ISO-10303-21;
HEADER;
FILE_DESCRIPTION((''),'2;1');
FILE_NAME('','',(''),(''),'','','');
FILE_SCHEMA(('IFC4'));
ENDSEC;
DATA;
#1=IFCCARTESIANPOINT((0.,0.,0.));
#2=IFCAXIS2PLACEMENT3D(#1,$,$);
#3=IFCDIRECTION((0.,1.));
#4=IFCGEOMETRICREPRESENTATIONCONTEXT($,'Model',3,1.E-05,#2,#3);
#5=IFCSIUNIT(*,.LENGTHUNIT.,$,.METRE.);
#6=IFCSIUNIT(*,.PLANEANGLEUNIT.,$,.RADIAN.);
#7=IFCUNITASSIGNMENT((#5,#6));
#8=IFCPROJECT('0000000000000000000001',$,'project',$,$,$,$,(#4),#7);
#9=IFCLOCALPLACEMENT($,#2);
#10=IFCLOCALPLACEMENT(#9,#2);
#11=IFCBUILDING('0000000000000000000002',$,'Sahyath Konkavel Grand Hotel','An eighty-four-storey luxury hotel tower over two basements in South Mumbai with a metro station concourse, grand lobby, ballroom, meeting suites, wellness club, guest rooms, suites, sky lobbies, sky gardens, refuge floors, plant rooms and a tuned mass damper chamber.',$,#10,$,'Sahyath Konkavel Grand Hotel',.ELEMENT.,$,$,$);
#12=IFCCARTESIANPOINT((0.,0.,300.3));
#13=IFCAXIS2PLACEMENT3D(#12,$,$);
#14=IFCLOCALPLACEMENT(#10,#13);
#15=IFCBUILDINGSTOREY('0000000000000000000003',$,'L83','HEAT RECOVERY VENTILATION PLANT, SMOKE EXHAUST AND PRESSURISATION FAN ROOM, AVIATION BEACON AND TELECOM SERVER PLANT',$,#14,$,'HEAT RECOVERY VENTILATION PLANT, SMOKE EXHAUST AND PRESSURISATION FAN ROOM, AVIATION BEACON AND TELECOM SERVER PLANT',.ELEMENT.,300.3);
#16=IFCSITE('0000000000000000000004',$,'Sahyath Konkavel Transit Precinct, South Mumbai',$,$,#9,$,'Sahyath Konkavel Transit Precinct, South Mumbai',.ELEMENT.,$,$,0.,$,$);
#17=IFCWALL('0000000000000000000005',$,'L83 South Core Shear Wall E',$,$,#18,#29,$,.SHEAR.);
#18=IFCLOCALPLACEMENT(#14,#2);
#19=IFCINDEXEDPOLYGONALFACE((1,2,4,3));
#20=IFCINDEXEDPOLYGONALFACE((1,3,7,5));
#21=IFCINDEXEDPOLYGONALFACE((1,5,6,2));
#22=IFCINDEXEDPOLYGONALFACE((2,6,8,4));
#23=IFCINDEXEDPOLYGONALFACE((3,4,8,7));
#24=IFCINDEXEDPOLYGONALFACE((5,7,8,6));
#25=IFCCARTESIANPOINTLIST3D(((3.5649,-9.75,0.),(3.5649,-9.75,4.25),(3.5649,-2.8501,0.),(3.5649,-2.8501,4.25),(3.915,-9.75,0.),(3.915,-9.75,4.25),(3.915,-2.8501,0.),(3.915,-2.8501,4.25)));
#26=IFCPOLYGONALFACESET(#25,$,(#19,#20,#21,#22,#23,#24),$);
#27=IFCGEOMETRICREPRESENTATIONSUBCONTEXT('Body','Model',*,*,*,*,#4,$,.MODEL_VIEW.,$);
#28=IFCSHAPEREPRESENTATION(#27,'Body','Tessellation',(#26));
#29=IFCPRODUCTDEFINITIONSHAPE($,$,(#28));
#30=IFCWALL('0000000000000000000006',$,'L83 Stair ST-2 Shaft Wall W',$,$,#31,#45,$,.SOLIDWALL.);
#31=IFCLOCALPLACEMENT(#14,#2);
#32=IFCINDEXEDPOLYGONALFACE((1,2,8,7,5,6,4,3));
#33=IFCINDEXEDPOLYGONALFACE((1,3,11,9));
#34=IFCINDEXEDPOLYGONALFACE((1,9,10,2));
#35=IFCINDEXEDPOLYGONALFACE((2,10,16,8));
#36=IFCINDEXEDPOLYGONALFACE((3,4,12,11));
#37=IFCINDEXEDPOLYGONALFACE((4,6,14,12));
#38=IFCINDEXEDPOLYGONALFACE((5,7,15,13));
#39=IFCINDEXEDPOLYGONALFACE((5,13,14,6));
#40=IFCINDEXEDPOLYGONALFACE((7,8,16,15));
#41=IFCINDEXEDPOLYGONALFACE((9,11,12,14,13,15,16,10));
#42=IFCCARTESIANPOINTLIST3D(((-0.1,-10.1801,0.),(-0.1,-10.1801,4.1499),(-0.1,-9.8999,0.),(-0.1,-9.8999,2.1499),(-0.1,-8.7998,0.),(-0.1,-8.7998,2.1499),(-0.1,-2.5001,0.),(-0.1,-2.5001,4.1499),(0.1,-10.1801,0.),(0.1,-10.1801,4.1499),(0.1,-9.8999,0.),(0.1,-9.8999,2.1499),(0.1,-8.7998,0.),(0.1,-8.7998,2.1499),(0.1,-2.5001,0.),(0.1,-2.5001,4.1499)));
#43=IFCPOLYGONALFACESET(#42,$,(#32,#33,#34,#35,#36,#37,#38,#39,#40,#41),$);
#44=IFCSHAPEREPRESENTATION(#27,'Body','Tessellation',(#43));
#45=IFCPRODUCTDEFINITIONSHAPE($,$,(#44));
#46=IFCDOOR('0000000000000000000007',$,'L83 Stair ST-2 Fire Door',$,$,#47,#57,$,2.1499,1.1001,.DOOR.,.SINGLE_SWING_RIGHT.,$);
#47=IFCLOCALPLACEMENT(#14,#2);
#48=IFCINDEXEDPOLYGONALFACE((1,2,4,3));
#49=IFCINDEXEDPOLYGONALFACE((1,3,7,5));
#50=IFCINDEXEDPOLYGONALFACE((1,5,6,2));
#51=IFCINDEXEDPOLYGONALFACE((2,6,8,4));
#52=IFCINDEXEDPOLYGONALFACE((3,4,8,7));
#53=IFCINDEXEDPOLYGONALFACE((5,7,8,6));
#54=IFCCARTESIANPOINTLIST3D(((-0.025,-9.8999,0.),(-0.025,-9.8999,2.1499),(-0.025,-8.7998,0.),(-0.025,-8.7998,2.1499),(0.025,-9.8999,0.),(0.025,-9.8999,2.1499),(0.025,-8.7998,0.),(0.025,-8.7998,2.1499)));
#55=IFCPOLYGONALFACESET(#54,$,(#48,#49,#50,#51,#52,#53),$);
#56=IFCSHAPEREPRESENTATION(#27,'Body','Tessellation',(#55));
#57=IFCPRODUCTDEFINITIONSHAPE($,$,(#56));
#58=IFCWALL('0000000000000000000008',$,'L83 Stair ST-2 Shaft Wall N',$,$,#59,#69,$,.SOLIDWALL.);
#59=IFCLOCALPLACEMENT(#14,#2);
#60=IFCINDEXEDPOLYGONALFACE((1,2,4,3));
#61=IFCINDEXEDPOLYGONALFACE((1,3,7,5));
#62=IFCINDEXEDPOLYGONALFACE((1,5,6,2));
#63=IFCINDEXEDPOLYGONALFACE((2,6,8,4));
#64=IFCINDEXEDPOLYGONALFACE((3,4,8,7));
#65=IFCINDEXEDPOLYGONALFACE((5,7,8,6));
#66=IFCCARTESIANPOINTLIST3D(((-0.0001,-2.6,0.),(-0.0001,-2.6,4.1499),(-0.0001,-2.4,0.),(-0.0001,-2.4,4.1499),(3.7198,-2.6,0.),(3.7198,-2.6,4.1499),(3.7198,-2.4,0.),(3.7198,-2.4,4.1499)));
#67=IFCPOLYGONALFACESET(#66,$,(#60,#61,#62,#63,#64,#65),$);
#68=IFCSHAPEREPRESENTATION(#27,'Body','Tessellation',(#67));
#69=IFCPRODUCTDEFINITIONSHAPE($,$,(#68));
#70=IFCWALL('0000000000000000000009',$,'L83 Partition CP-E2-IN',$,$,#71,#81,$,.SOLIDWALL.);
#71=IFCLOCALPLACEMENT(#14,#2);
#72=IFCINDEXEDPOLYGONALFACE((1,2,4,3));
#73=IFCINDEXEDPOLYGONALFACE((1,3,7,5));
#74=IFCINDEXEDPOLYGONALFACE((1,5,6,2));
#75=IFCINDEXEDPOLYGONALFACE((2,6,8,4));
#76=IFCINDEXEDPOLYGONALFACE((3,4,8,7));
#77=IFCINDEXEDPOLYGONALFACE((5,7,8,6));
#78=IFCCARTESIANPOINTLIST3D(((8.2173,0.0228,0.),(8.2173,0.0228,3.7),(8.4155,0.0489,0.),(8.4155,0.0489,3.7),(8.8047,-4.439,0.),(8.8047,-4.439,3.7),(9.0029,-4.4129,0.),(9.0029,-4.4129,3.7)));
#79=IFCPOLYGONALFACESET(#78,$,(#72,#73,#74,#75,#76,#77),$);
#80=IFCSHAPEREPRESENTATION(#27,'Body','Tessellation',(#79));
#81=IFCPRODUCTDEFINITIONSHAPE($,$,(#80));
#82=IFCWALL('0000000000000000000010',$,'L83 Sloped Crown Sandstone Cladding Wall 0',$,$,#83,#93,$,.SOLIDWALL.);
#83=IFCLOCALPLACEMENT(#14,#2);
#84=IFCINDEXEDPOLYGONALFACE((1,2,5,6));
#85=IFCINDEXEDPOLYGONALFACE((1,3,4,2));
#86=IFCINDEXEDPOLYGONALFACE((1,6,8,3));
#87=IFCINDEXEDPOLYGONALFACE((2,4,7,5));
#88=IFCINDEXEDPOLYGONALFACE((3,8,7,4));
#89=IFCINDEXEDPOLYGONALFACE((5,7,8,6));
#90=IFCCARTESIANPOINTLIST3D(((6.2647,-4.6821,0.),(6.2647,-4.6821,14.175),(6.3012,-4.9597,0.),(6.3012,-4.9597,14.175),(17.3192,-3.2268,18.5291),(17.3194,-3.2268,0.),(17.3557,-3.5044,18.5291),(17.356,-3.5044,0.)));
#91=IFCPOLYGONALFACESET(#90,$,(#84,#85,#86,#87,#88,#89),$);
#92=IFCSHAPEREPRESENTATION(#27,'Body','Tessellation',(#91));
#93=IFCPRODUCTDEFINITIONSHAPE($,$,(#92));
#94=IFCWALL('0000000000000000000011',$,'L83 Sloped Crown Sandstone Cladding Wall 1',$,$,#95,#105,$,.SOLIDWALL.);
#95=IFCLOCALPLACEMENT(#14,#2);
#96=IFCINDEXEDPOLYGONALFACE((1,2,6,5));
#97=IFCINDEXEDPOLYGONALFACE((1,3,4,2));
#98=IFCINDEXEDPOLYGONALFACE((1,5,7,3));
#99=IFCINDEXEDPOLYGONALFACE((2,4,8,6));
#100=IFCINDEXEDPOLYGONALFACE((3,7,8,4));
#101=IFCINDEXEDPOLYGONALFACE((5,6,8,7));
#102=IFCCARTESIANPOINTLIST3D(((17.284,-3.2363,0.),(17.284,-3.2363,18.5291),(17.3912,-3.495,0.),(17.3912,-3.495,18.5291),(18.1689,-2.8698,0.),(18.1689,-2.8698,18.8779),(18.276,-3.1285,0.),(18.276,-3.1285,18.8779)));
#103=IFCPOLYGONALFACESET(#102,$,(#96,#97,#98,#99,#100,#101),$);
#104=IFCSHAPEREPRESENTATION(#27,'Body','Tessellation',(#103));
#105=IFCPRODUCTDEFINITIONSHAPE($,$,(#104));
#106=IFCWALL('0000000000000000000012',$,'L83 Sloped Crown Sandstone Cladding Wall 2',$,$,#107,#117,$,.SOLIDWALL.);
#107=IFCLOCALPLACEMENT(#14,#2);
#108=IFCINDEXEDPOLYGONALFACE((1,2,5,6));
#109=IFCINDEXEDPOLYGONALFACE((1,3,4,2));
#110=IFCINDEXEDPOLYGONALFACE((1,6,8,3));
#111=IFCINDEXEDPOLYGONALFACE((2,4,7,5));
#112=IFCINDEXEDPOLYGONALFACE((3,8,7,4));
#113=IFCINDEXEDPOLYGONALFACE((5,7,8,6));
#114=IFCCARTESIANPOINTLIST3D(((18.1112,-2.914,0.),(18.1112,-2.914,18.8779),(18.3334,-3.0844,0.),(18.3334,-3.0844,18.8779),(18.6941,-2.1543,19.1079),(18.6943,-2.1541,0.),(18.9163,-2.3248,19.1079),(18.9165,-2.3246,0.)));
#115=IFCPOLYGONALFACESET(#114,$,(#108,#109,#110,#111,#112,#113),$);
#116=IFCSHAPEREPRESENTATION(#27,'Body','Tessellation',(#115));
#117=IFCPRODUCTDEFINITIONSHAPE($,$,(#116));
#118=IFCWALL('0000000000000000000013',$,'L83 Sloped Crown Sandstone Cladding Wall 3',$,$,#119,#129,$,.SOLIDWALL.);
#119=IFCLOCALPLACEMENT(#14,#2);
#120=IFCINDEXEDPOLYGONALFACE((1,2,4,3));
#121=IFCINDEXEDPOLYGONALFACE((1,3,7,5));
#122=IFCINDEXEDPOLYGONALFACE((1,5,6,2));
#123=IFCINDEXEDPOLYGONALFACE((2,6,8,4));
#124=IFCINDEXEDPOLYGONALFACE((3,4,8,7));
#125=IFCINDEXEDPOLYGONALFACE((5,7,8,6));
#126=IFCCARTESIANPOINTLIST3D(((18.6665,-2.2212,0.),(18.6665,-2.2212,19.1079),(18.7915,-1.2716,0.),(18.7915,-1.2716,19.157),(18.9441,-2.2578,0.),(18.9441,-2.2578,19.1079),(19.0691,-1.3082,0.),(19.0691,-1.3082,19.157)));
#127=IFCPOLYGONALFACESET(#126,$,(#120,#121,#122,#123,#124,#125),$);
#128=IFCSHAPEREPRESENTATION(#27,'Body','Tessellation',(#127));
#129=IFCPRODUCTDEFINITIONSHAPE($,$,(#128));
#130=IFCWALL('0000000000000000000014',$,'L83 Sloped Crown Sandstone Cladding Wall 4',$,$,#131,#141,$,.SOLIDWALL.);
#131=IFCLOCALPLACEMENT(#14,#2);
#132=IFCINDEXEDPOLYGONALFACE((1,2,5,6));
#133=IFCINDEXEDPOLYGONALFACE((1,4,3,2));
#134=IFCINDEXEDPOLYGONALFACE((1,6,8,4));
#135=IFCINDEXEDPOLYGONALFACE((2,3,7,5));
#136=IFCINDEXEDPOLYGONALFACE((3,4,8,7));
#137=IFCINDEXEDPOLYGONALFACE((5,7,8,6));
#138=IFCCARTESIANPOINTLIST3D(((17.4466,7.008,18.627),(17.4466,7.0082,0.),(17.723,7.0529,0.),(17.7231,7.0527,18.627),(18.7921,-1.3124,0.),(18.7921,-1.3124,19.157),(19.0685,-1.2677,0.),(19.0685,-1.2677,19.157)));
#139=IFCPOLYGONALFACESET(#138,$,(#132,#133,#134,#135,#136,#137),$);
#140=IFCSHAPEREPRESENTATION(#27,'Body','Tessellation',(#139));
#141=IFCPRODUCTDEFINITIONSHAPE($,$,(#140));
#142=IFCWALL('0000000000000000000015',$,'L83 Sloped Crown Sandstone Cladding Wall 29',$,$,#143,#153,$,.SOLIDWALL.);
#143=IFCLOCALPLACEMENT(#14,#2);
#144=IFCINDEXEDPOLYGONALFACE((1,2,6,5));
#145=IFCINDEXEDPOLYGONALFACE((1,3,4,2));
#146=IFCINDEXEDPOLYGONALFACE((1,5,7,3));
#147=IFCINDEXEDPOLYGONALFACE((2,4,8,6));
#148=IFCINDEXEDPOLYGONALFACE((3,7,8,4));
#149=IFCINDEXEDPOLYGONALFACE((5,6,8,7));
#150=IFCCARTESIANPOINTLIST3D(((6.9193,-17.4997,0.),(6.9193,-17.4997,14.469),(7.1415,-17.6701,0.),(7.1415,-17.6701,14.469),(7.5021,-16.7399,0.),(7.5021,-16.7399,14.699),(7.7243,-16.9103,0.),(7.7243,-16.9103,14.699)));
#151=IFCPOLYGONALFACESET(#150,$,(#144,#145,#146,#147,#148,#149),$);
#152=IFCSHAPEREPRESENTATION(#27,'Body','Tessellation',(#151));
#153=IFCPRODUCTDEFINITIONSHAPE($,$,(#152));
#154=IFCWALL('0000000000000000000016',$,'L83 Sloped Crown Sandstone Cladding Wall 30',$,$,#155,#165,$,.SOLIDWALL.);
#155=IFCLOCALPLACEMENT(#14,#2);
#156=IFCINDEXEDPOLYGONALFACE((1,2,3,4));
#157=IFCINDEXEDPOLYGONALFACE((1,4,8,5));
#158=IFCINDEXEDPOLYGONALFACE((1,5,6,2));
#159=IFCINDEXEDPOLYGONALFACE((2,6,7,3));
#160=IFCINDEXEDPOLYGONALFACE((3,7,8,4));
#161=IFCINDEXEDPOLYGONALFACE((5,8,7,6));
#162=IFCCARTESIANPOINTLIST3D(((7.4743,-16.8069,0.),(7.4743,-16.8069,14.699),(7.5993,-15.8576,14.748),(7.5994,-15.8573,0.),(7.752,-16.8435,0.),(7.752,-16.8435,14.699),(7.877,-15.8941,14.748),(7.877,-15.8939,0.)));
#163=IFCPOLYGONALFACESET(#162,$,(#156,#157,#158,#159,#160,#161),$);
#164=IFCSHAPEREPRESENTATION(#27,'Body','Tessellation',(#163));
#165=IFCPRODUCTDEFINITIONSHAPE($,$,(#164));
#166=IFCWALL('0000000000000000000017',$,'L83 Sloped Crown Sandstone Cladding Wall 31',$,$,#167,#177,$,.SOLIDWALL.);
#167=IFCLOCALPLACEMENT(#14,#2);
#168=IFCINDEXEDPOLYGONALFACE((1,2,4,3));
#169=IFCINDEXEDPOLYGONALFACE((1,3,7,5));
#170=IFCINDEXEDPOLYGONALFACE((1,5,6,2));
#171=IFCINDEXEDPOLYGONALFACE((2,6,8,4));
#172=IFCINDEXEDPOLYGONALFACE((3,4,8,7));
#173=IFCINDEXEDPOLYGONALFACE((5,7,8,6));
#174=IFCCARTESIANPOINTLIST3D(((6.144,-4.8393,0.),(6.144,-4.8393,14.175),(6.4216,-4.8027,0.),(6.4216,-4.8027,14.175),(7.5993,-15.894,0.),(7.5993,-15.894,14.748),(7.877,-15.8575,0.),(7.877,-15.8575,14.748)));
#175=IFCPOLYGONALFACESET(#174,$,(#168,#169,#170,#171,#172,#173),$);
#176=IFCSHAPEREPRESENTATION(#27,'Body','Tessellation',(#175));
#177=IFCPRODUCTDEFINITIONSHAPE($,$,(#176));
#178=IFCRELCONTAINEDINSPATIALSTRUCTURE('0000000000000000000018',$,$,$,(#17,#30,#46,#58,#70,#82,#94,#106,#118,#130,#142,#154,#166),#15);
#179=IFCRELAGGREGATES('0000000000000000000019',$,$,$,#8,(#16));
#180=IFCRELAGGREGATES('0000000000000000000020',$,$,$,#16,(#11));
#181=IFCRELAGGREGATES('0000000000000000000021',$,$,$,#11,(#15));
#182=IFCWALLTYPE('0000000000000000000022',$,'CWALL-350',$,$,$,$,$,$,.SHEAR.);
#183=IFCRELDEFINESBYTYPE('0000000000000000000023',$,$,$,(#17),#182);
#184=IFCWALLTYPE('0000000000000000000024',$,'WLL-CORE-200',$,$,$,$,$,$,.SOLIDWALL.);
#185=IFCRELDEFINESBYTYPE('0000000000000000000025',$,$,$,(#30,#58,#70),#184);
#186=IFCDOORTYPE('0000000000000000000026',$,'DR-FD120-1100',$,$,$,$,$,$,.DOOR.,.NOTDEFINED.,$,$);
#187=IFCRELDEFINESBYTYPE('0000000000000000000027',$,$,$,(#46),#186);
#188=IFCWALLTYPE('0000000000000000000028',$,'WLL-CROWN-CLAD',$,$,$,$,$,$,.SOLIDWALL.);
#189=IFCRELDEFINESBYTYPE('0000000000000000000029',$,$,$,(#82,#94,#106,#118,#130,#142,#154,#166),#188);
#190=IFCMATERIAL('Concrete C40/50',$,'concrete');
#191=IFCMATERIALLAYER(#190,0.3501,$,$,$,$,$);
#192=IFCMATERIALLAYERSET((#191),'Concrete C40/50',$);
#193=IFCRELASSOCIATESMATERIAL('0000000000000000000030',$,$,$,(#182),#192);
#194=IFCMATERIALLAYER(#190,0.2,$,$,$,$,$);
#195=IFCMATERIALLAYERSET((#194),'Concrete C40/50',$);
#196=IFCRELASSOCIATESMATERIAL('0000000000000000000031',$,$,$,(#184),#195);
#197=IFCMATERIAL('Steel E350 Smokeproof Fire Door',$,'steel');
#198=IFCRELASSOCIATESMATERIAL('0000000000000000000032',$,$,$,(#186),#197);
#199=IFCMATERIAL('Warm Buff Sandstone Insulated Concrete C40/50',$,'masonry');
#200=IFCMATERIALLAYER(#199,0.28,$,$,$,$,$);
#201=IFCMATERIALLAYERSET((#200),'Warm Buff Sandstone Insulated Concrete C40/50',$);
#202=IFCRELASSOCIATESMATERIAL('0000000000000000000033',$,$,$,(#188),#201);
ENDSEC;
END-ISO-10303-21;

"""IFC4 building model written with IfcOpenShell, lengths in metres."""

from ifc_helpers import new_model, si_unit, direction, frame, frame_2d, origin, origin_2d, place, context, subcontext, project, spatial, polyline, rectangle, outline, extrude, source, transform, mapped, material, layer, layer_set, type_object, element, fill, save


model = new_model("IFC4")

# Units and contexts
model_context = context("Model", 3, precision=1e-05, world=origin(), true_north=direction((0.0, 1.0)))
body_context = subcontext(model_context, "Body", "Model", "MODEL_VIEW")
ifc_project = project(units=[si_unit("LENGTHUNIT", "METRE"), si_unit("PLANEANGLEUNIT", "RADIAN")], contexts=[model_context])

# Site, building, storey
site_placement = place(None, origin())
site = spatial("IfcSite", under=ifc_project, at=site_placement, Name="Sahyath Konkavel Transit Precinct, South Mumbai", LongName="Sahyath Konkavel Transit Precinct, South Mumbai", CompositionType="ELEMENT", RefElevation=0.0)
building_placement = place(site_placement, origin())
building = spatial("IfcBuilding", under=site, at=building_placement, Name="Sahyath Konkavel Grand Hotel", Description="An eighty-four-storey luxury hotel tower over two basements in South Mumbai with a metro station concourse, grand lobby, ballroom, meeting suites, wellness club, guest rooms, suites, sky lobbies, sky gardens, refuge floors, plant rooms and a tuned mass damper chamber.", LongName="Sahyath Konkavel Grand Hotel", CompositionType="ELEMENT")
storey_placement = place(building_placement, frame((0.0, 0.0, 300.3)))
storey = spatial("IfcBuildingStorey", under=building, at=storey_placement, Name="L83", Description="HEAT RECOVERY VENTILATION PLANT, SMOKE EXHAUST AND PRESSURISATION FAN ROOM, AVIATION BEACON AND TELECOM SERVER PLANT", LongName="HEAT RECOVERY VENTILATION PLANT, SMOKE EXHAUST AND PRESSURISATION FAN ROOM, AVIATION BEACON AND TELECOM SERVER PLANT", CompositionType="ELEMENT", Elevation=300.3)

# Shared definitions
ifc_material_1 = material(Name="Concrete C40/50", Category="concrete")

# Wall
ifc_layer_1 = layer(ifc_material_1, 0.3501)
ifc_layer_set_1 = layer_set([ifc_layer_1], Name="Concrete C40/50")
wall_type_1 = type_object("IfcWallType", Name="CWALL-350", PredefinedType="SHEAR", material=ifc_layer_set_1)
wall_1_placement = place(storey_placement, frame((3.74, -9.75, 0.0), z_axis=(0.0, 0.0, 1.0), x_axis=(0.0, 1.0, 0.0)))
element("IfcWall", 1, at=wall_1_placement, inside=storey, type_object=wall_type_1, Name="L83 South Core Shear Wall E", PredefinedType="SHEAR", context=body_context, shape_type="SweptSolid", body=[
    extrude(rectangle(XDim=6.8999, YDim=0.3501, at=frame_2d((3.45, 0.0))), origin(), (0.0, 0.0, 1.0), 4.25),
])

# Wall, opening, door
ifc_layer_2 = layer(ifc_material_1, 0.2)
ifc_layer_set_2 = layer_set([ifc_layer_2], Name="Concrete C40/50")
wall_type_2 = type_object("IfcWallType", Name="WLL-CORE-200", PredefinedType="SOLIDWALL", material=ifc_layer_set_2)
wall_2_placement = place(storey_placement, frame((0.0, -10.1799, 0.0), z_axis=(0.0, 0.0, 1.0), x_axis=(0.0, 1.0, 0.0)))
wall_2 = element("IfcWall", 2, at=wall_2_placement, inside=storey, type_object=wall_type_2, Name="L83 Stair ST-2 Shaft Wall W", PredefinedType="SOLIDWALL", context=body_context, shape_type="SweptSolid", body=[
    extrude(rectangle(XDim=7.6799, YDim=0.2, at=frame_2d((3.8398, 0.0))), origin(), (0.0, 0.0, 1.0), 4.1499),
])
opening_placement = place(wall_2_placement, frame((0.28, 0.0, 0.0)))
opening = element("IfcOpeningElement", 3, at=opening_placement, cuts=wall_2, PredefinedType="OPENING", context=body_context, shape_type="SweptSolid", body=[
    extrude(rectangle(XDim=1.1001, YDim=2.1499, at=frame_2d((0.55, 1.075))), frame((0.0, 0.1099, 0.0), z_axis=(0.0, -1.0, 0.0), x_axis=(1.0, 0.0, 0.0)), (0.0, 0.0, 1.0), 0.22),
])
ifc_material_2 = material(Name="Steel E350 Smokeproof Fire Door", Category="steel")
door_type = type_object("IfcDoorType", Name="DR-FD120-1100", OperationType="NOTDEFINED", PredefinedType="DOOR", material=ifc_material_2)
shared_shape_1 = source(origin(), body_context, "Body", "SweptSolid", [
    extrude(rectangle(XDim=1.1001, YDim=0.05, at=origin_2d()), origin(), (0.0, 0.0, 1.0), 2.1499),
])
door_placement = place(opening_placement, frame((0.55, 0.0, 0.0)))
door = element("IfcDoor", 4, at=door_placement, inside=storey, type_object=door_type, Name="L83 Stair ST-2 Fire Door", OperationType="SINGLE_SWING_RIGHT", OverallHeight=2.1499, OverallWidth=1.1001, PredefinedType="DOOR", context=body_context, shape_type="MappedRepresentation", body=[
    mapped(shared_shape_1, transform((0.0, 0.0, 0.0), scale=1.0)),
])
fill(opening, door)

# Walls
wall_3_placement = place(storey_placement, frame((0.0, -2.5, 0.0), z_axis=(0.0, 0.0, 1.0), x_axis=(1.0, 0.0, 0.0)))
element("IfcWall", 5, at=wall_3_placement, inside=storey, type_object=wall_type_2, Name="L83 Stair ST-2 Shaft Wall N", PredefinedType="SOLIDWALL", context=body_context, shape_type="SweptSolid", body=[
    extrude(rectangle(XDim=3.72, YDim=0.2, at=frame_2d((1.8599, 0.0))), origin(), (0.0, 0.0, 1.0), 4.1499),
])
wall_4_placement = place(storey_placement, frame((8.9038, -4.4258, 0.0), z_axis=(0.0, 0.0, 1.0), x_axis=(-0.130529, 0.991445, 0.0)))
element("IfcWall", 6, at=wall_4_placement, inside=storey, type_object=wall_type_2, Name="L83 Partition CP-E2-IN", PredefinedType="SOLIDWALL", context=body_context, shape_type="SweptSolid", body=[
    extrude(rectangle(XDim=4.5002, YDim=0.2, at=frame_2d((2.25, 0.0))), origin(), (0.0, 0.0, 1.0), 3.7),
])
ifc_material_3 = material(Name="Warm Buff Sandstone Insulated Concrete C40/50", Category="masonry")
ifc_layer_3 = layer(ifc_material_3, 0.28)
ifc_layer_set_3 = layer_set([ifc_layer_3], Name="Warm Buff Sandstone Insulated Concrete C40/50")
wall_type_3 = type_object("IfcWallType", Name="WLL-CROWN-CLAD", PredefinedType="SOLIDWALL", material=ifc_layer_set_3)
wall_5_placement = place(storey_placement, frame((6.283, -4.821, 0.0), z_axis=(0.0, 0.0, 1.0), x_axis=(0.991445, 0.130521, 0.0)))
element("IfcWall", 7, at=wall_5_placement, inside=storey, type_object=wall_type_3, Name="L83 Sloped Crown Sandstone Cladding Wall 0", PredefinedType="SOLIDWALL", context=body_context, shape_type="SweptSolid", body=[
    extrude(outline(polyline([(0.0, 0.0), (11.1501, 0.0), (11.1499, 18.5291), (0.0, 14.175), (0.0, 0.0)])), frame((0.0, 0.1401, 0.0), z_axis=(0.0, -1.0, 0.0), x_axis=(1.0, 0.0, 0.0)), (0.0, 0.0, 1.0), 0.28),
])
wall_6_placement = place(storey_placement, frame((17.3376, -3.3657, 0.0), z_axis=(0.0, 0.0, 1.0), x_axis=(0.923889, 0.38266, 0.0)))
element("IfcWall", 8, at=wall_6_placement, inside=storey, type_object=wall_type_3, Name="L83 Sloped Crown Sandstone Cladding Wall 1", PredefinedType="SOLIDWALL", context=body_context, shape_type="SweptSolid", body=[
    extrude(outline(polyline([(0.0, 0.0), (0.9578, 0.0), (0.9578, 18.8779), (0.0, 18.5291), (0.0, 0.0)])), frame((0.0, 0.1401, 0.0), z_axis=(0.0, -1.0, 0.0), x_axis=(1.0, 0.0, 0.0)), (0.0, 0.0, 1.0), 0.28),
])
wall_7_placement = place(storey_placement, frame((18.2224, -2.9993, 0.0), z_axis=(0.0, 0.0, 1.0), x_axis=(0.608774, 0.793344, 0.0)))
element("IfcWall", 9, at=wall_7_placement, inside=storey, type_object=wall_type_3, Name="L83 Sloped Crown Sandstone Cladding Wall 2", PredefinedType="SOLIDWALL", context=body_context, shape_type="SweptSolid", body=[
    extrude(outline(polyline([(0.0, 0.0), (0.9578, 0.0), (0.9575, 19.1079), (0.0, 18.8779), (0.0, 0.0)])), frame((0.0, 0.1401, 0.0), z_axis=(0.0, -1.0, 0.0), x_axis=(1.0, 0.0, 0.0)), (0.0, 0.0, 1.0), 0.28),
])
wall_8_placement = place(storey_placement, frame((18.8054, -2.2395, 0.0), z_axis=(0.0, 0.0, 1.0), x_axis=(0.130527, 0.991445, 0.0)))
element("IfcWall", 10, at=wall_8_placement, inside=storey, type_object=wall_type_3, Name="L83 Sloped Crown Sandstone Cladding Wall 3", PredefinedType="SOLIDWALL", context=body_context, shape_type="SweptSolid", body=[
    extrude(outline(polyline([(0.0, 0.0), (0.9578, 0.0), (0.9578, 19.157), (0.0, 19.1079), (0.0, 0.0)])), frame((0.0, 0.1401, 0.0), z_axis=(0.0, -1.0, 0.0), x_axis=(1.0, 0.0, 0.0)), (0.0, 0.0, 1.0), 0.28),
])
wall_9_placement = place(storey_placement, frame((18.9304, -1.29, 0.0), z_axis=(0.0, 0.0, 1.0), x_axis=(-0.159629, 0.987177, 0.0)))
element("IfcWall", 11, at=wall_9_placement, inside=storey, type_object=wall_type_3, Name="L83 Sloped Crown Sandstone Cladding Wall 4", PredefinedType="SOLIDWALL", context=body_context, shape_type="SweptSolid", body=[
    extrude(outline(polyline([(0.0, 0.0), (8.4287, 0.0), (8.4285, 18.627), (0.0, 19.157), (0.0, 0.0)])), frame((0.0, 0.1401, 0.0), z_axis=(0.0, -1.0, 0.0), x_axis=(1.0, 0.0, 0.0)), (0.0, 0.0, 1.0), 0.28),
])
wall_10_placement = place(storey_placement, frame((7.0305, -17.585, 0.0), z_axis=(0.0, 0.0, 1.0), x_axis=(0.608614, 0.793467, 0.0)))
element("IfcWall", 12, at=wall_10_placement, inside=storey, type_object=wall_type_3, Name="L83 Sloped Crown Sandstone Cladding Wall 29", PredefinedType="SOLIDWALL", context=body_context, shape_type="SweptSolid", body=[
    extrude(outline(polyline([(0.0, 0.0), (0.9575, 0.0), (0.9575, 14.699), (0.0, 14.469), (0.0, 0.0)])), frame((0.0, 0.1401, 0.0), z_axis=(0.0, -1.0, 0.0), x_axis=(1.0, 0.0, 0.0)), (0.0, 0.0, 1.0), 0.28),
])
wall_11_placement = place(storey_placement, frame((7.6133, -16.8252, 0.0), z_axis=(0.0, 0.0, 1.0), x_axis=(0.130527, 0.991445, 0.0)))
element("IfcWall", 13, at=wall_11_placement, inside=storey, type_object=wall_type_3, Name="L83 Sloped Crown Sandstone Cladding Wall 30", PredefinedType="SOLIDWALL", context=body_context, shape_type="SweptSolid", body=[
    extrude(outline(polyline([(0.0, 0.0), (0.9578, 0.0), (0.9575, 14.748), (0.0, 14.699), (0.0, 0.0)])), frame((0.0, 0.1401, 0.0), z_axis=(0.0, -1.0, 0.0), x_axis=(1.0, 0.0, 0.0)), (0.0, 0.0, 1.0), 0.28),
])
wall_12_placement = place(storey_placement, frame((7.7383, -15.8757, 0.0), z_axis=(0.0, 0.0, 1.0), x_axis=(-0.130521, 0.991445, 0.0)))
element("IfcWall", 14, at=wall_12_placement, inside=storey, type_object=wall_type_3, Name="L83 Sloped Crown Sandstone Cladding Wall 31", PredefinedType="SOLIDWALL", context=body_context, shape_type="SweptSolid", body=[
    extrude(outline(polyline([(0.0, 0.0), (11.1501, 0.0), (11.1501, 14.175), (0.0, 14.748), (0.0, 0.0)])), frame((0.0, 0.1401, 0.0), z_axis=(0.0, -1.0, 0.0), x_axis=(1.0, 0.0, 0.0)), (0.0, 0.0, 1.0), 0.28),
])

save(model, "model.ifc")
